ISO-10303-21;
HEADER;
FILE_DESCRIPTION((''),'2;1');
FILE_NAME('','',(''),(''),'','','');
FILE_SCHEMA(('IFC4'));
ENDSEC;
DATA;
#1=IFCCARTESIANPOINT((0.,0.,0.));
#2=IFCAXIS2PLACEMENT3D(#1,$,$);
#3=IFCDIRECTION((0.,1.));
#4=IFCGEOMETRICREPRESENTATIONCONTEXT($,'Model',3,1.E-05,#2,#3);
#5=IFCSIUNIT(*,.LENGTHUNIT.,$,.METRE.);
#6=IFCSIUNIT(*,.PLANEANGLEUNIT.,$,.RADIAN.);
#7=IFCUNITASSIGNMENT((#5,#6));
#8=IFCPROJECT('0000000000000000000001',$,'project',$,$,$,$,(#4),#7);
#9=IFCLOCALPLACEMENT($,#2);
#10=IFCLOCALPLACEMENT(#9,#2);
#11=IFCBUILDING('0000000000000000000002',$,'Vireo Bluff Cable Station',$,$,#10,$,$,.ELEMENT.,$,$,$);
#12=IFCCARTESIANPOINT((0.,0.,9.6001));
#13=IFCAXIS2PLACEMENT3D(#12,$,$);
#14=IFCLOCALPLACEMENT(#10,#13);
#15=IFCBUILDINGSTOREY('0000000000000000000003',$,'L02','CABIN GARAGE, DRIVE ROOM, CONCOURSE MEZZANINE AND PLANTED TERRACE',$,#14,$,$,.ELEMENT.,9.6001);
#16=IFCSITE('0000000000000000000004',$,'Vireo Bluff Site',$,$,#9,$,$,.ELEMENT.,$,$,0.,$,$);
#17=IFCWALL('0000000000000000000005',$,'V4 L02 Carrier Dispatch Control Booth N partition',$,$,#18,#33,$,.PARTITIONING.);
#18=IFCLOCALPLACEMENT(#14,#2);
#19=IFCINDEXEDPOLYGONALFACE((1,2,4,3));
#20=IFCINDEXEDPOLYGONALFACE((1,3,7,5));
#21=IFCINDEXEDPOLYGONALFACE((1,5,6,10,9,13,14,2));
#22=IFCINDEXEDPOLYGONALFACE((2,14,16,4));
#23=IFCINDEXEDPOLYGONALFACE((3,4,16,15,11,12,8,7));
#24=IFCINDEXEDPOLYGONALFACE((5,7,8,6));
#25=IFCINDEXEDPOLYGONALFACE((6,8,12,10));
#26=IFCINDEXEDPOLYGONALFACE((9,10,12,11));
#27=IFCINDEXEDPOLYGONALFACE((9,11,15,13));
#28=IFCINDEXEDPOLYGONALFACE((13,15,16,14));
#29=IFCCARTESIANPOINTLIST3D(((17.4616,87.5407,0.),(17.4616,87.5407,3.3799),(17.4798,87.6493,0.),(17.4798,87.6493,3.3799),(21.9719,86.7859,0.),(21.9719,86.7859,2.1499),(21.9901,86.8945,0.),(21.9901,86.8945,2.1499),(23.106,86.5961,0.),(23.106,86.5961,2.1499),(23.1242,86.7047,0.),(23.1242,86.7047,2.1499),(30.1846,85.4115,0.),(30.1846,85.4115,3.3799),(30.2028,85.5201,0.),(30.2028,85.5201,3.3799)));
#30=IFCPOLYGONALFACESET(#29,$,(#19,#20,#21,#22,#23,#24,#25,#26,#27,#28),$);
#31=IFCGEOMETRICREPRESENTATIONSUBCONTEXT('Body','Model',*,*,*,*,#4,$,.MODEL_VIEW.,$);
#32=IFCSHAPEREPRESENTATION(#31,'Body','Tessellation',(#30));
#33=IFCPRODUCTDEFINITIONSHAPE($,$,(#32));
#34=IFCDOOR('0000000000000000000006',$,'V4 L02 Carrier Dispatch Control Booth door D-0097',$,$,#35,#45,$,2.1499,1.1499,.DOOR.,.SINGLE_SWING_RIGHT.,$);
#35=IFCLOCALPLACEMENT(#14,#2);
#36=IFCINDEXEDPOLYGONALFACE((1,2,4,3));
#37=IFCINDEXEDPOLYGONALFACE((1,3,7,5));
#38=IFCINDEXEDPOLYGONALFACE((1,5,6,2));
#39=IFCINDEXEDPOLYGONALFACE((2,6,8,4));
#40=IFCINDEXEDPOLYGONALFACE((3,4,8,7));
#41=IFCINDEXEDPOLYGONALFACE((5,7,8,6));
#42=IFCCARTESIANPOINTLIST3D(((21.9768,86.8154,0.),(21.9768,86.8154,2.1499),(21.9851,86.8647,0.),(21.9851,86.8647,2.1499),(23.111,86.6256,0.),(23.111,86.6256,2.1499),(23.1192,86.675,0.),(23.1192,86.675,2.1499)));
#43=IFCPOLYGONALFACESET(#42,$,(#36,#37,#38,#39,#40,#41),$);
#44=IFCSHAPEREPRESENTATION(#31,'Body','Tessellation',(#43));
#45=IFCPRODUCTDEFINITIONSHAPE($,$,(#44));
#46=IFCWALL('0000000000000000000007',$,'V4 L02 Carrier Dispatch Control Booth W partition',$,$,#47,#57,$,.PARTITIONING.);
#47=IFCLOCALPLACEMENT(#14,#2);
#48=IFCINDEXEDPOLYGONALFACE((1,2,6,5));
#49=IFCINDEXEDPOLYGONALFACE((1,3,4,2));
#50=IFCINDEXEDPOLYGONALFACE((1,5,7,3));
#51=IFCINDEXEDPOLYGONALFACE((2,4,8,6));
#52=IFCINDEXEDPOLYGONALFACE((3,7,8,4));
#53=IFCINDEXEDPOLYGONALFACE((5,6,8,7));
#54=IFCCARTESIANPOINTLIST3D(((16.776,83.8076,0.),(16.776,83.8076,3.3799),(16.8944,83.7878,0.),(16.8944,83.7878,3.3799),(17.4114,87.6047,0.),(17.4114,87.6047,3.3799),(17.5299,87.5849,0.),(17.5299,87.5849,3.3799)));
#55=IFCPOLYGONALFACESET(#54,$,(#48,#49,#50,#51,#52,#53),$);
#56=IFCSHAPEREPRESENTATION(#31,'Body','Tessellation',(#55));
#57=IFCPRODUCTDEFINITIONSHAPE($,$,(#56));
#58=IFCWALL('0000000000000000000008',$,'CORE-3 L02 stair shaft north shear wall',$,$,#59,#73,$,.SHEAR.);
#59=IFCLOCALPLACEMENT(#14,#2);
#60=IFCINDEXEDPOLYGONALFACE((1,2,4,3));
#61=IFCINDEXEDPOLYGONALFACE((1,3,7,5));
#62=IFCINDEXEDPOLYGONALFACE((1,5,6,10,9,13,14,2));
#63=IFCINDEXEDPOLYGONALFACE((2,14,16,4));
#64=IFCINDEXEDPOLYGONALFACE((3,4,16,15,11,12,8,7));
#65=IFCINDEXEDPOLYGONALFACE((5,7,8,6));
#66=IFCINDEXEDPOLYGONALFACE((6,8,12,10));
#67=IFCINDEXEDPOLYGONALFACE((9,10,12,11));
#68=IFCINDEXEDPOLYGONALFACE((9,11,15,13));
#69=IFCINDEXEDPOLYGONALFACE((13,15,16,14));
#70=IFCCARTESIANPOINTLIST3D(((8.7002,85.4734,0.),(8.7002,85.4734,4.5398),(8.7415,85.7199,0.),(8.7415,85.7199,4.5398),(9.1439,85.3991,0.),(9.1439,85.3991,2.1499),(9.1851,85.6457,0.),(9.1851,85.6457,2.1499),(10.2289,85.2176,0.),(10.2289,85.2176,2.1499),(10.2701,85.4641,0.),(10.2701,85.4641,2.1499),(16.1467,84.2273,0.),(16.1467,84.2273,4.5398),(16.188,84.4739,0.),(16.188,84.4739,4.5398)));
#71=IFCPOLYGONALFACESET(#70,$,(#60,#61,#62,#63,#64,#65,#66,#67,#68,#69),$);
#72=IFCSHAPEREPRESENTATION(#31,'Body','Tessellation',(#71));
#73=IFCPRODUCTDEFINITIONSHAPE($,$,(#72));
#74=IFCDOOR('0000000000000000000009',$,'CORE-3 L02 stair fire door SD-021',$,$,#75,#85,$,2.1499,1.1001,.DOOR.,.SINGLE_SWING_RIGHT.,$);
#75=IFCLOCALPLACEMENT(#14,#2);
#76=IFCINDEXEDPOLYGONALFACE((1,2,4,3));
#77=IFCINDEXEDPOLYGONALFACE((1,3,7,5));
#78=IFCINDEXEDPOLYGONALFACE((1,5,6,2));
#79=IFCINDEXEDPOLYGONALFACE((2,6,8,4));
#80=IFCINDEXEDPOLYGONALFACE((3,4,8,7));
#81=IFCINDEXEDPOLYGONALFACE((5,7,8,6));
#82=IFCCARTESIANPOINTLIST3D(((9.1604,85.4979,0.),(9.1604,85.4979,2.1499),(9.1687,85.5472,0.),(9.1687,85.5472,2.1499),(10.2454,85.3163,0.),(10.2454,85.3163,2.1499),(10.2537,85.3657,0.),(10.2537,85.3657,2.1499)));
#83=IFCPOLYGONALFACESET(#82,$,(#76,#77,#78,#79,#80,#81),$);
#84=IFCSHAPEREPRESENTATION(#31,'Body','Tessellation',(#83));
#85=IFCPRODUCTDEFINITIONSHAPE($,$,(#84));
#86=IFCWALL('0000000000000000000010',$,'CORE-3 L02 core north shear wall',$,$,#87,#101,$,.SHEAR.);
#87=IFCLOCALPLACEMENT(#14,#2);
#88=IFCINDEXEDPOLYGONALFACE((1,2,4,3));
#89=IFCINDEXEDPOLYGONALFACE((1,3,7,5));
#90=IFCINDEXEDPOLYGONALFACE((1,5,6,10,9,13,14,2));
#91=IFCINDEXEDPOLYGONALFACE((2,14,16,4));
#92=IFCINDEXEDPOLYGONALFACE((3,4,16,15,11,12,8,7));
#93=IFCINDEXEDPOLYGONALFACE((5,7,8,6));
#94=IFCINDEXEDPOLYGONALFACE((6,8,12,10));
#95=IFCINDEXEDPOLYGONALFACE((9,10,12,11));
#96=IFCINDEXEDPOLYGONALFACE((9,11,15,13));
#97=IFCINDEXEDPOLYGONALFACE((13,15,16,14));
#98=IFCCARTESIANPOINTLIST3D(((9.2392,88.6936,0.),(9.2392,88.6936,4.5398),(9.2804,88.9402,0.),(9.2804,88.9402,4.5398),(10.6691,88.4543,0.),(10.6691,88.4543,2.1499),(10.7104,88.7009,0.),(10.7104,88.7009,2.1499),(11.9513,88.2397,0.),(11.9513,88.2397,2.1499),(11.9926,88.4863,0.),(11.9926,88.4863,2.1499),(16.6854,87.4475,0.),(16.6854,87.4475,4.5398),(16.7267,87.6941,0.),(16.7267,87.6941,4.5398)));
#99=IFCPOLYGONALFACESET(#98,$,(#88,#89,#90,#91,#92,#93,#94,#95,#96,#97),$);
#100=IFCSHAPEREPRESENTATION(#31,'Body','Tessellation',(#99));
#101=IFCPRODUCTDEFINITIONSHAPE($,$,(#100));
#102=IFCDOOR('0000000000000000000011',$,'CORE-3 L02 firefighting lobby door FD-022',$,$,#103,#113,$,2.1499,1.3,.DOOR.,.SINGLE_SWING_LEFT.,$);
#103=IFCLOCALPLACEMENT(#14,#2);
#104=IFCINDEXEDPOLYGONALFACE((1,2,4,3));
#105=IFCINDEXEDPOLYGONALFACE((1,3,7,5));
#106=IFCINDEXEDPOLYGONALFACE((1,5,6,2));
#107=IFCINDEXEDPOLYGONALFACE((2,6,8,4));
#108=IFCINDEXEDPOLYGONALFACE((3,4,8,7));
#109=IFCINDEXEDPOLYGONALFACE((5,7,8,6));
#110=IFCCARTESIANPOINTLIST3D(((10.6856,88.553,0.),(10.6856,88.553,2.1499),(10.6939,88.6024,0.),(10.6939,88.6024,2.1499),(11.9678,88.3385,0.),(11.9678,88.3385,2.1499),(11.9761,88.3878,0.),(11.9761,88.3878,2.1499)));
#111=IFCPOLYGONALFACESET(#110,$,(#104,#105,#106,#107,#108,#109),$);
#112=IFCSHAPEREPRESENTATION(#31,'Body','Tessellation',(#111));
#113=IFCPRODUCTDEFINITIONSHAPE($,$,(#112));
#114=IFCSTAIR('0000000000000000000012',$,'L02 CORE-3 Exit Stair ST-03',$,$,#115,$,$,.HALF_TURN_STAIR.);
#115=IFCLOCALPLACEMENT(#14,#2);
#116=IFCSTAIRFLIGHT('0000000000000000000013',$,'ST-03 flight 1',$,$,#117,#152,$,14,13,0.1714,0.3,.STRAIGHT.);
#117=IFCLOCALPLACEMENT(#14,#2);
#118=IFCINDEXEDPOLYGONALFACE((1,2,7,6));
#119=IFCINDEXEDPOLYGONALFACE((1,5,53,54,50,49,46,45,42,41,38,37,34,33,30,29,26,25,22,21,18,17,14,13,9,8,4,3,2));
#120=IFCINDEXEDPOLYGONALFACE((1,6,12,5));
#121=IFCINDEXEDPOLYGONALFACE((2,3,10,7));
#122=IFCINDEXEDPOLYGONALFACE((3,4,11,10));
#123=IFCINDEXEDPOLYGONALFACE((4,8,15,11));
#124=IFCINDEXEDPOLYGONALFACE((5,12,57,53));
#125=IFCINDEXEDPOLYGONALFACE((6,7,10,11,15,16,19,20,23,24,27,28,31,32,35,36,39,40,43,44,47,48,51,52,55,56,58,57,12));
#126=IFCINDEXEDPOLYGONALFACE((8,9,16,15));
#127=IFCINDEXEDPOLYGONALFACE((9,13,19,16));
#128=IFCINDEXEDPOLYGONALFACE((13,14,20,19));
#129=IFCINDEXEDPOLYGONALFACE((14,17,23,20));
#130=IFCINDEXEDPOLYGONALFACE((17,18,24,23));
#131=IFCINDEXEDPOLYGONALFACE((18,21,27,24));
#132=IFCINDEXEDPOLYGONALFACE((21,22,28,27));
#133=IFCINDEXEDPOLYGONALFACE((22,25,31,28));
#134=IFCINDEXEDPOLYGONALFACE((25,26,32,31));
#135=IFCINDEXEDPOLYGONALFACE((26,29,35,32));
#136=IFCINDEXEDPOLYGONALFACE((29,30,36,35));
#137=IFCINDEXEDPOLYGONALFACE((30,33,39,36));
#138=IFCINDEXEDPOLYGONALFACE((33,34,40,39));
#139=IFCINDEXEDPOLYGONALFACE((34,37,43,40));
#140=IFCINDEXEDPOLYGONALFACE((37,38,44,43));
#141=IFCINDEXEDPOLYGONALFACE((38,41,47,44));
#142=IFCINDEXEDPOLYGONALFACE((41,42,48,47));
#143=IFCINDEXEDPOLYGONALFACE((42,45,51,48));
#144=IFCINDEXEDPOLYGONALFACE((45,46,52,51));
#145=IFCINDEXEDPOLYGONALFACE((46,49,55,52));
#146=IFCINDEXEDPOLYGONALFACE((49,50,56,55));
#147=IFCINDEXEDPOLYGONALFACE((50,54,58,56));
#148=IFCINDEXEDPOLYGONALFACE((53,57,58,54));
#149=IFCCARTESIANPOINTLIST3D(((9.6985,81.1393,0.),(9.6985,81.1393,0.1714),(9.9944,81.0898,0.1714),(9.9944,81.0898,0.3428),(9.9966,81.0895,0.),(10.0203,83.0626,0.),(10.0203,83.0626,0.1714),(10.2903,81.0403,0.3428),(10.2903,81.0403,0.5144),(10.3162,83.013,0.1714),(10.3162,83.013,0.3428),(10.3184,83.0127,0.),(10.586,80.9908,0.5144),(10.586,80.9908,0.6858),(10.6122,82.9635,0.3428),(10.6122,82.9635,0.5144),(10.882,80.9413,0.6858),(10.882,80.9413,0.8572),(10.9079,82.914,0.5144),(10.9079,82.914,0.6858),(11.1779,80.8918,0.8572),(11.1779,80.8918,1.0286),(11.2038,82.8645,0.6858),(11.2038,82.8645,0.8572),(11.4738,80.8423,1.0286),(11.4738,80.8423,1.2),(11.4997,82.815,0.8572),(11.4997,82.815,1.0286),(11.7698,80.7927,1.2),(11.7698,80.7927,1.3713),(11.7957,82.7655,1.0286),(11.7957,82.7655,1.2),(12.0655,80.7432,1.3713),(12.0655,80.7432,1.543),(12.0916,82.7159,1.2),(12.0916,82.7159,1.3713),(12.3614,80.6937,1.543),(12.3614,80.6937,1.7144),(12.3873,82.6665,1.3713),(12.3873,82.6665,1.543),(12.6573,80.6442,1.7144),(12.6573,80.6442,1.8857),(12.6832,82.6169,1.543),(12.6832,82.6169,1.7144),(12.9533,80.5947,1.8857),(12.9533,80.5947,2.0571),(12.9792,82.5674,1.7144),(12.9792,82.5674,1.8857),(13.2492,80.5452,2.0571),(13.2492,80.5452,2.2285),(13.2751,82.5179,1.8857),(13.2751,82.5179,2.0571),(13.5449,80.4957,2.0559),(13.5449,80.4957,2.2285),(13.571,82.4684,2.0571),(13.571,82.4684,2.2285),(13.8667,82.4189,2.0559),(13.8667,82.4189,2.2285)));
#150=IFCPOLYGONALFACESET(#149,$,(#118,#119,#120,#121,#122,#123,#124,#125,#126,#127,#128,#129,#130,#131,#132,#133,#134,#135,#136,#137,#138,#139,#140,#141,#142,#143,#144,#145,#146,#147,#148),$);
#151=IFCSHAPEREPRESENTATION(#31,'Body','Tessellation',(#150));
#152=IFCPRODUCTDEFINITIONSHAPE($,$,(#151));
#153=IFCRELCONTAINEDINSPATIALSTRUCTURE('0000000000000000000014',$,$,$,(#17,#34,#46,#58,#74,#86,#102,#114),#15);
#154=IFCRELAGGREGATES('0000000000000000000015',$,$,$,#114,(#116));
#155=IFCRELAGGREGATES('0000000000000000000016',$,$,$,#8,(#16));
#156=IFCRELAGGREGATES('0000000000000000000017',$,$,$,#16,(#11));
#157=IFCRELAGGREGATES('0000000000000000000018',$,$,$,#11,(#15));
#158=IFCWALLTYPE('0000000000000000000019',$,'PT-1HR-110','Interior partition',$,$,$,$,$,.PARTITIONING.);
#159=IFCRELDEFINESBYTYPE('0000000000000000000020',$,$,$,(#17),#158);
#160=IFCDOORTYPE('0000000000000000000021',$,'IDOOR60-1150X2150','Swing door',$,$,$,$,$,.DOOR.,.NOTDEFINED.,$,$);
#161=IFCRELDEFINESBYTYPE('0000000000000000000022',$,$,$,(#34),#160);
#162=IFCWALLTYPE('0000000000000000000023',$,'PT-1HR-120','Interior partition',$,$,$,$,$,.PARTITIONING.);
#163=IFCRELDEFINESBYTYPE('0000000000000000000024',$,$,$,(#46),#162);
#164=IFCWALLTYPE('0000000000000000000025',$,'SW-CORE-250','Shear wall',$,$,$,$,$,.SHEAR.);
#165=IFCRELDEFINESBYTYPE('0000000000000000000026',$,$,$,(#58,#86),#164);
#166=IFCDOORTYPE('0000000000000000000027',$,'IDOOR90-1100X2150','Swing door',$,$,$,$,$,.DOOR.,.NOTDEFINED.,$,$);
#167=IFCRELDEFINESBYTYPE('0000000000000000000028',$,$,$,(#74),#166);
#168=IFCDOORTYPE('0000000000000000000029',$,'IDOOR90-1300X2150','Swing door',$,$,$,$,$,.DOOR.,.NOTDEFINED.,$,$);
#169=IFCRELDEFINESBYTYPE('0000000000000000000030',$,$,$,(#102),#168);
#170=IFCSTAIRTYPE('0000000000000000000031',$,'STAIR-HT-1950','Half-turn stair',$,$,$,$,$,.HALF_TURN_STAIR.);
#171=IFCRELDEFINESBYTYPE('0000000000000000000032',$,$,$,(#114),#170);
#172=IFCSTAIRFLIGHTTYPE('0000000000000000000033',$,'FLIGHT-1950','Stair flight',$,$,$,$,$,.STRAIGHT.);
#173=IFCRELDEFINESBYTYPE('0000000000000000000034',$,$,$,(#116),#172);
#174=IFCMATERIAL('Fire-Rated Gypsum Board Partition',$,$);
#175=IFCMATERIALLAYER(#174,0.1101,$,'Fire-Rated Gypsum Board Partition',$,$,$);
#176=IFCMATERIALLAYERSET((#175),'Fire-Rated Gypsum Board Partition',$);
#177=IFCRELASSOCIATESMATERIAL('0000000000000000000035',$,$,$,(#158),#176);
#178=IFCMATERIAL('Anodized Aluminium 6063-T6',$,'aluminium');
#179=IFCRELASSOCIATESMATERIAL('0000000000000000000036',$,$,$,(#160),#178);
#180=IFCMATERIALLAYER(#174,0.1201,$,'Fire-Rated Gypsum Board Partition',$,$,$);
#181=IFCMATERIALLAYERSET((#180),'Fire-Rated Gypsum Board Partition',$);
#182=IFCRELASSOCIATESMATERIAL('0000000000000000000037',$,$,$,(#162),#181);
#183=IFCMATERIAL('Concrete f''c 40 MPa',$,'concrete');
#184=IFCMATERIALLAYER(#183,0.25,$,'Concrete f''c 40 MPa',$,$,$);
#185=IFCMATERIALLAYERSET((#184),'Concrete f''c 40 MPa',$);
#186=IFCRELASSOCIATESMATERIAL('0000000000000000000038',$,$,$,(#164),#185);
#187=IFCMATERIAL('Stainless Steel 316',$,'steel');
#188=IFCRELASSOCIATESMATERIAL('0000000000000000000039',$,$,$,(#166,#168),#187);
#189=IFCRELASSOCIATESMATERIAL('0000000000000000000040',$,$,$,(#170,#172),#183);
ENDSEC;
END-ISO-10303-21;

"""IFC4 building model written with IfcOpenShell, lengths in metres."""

from ifc_helpers import new_model, si_unit, direction, frame, frame_2d, origin, origin_with_axes, place, context, subcontext, project, spatial, polyline, rectangle, outline, extrude, material, layer, layer_set, type_object, element, fill, aggregate, save


model = new_model("IFC4")

# Units and contexts
model_context = context("Model", 3, precision=1e-05, world=origin(), true_north=direction((0.0, 1.0)))
body_context = subcontext(model_context, "Body", "Model", "MODEL_VIEW")
ifc_project = project(units=[si_unit("LENGTHUNIT", "METRE"), si_unit("PLANEANGLEUNIT", "RADIAN")], contexts=[model_context])

# Site, building, storey
site_placement = place(None, origin())
site = spatial("IfcSite", under=ifc_project, at=site_placement, Name="Vireo Bluff Site", CompositionType="ELEMENT", RefElevation=0.0)
building_placement = place(site_placement, origin())
building = spatial("IfcBuilding", under=site, at=building_placement, Name="Vireo Bluff Cable Station", CompositionType="ELEMENT")
storey_placement = place(building_placement, frame((0.0, 0.0, 9.6001)))
storey = spatial("IfcBuildingStorey", under=building, at=storey_placement, Name="L02", Description="CABIN GARAGE, DRIVE ROOM, CONCOURSE MEZZANINE AND PLANTED TERRACE", CompositionType="ELEMENT", Elevation=9.6001)

# Shared definitions
ifc_material_1 = material(Name="Anodized Aluminium 6063-T6", Category="aluminium")

# Wall, opening, door
ifc_material_2 = material(Name="Fire-Rated Gypsum Board Partition")
ifc_layer_1 = layer(ifc_material_2, 0.1101, Name="Fire-Rated Gypsum Board Partition")
ifc_layer_set_1 = layer_set([ifc_layer_1], Name="Fire-Rated Gypsum Board Partition")
wall_type_1 = type_object("IfcWallType", Name="PT-1HR-110", Description="Interior partition", PredefinedType="PARTITIONING", material=ifc_layer_set_1)
wall_1_placement = place(storey_placement, frame((17.4707, 87.595, 0.0), z_axis=(0.0, 0.0, 1.0), x_axis=(0.986285, -0.165053, 0.0)))
wall_1 = element("IfcWall", 1, at=wall_1_placement, inside=storey, type_object=wall_type_1, Name="V4 L02 Carrier Dispatch Control Booth N partition", PredefinedType="PARTITIONING", context=body_context, shape_type="SweptSolid", body=[
    extrude(rectangle(XDim=12.8999, YDim=0.1101, at=frame_2d((6.45, 0.0))), origin(), (0.0, 0.0, 1.0), 3.3799),
])
opening_1_placement = place(wall_1_placement, frame((4.573, 0.0, 0.0)))
opening_1 = element("IfcOpeningElement", 2, at=opening_1_placement, cuts=wall_1, PredefinedType="OPENING", context=body_context, shape_type="SweptSolid", body=[
    extrude(rectangle(XDim=1.1499, YDim=2.1499, at=frame_2d((0.575, 1.075))), frame((0.0, 0.0649, 0.0), z_axis=(0.0, -1.0, 0.0), x_axis=(1.0, 0.0, 0.0)), (0.0, 0.0, 1.0), 0.1301),
])
door_type_1 = type_object("IfcDoorType", Name="IDOOR60-1150X2150", Description="Swing door", OperationType="NOTDEFINED", PredefinedType="DOOR", material=ifc_material_1)
door_1_placement = place(opening_1_placement, origin_with_axes())
door_1 = element("IfcDoor", 3, at=door_1_placement, inside=storey, type_object=door_type_1, Name="V4 L02 Carrier Dispatch Control Booth door D-0097", OperationType="SINGLE_SWING_RIGHT", OverallHeight=2.1499, OverallWidth=1.1499, PredefinedType="DOOR", context=body_context, shape_type="SweptSolid", body=[
    extrude(rectangle(XDim=1.1499, YDim=2.1499, at=frame_2d((0.575, 1.075))), frame((0.0, 0.0249, 0.0), z_axis=(0.0, -1.0, 0.0), x_axis=(1.0, 0.0, 0.0)), (0.0, 0.0, 1.0), 0.05),
])
fill(opening_1, door_1)

# Wall
ifc_layer_2 = layer(ifc_material_2, 0.1201, Name="Fire-Rated Gypsum Board Partition")
ifc_layer_set_2 = layer_set([ifc_layer_2], Name="Fire-Rated Gypsum Board Partition")
wall_type_2 = type_object("IfcWallType", Name="PT-1HR-120", Description="Interior partition", PredefinedType="PARTITIONING", material=ifc_layer_set_2)
wall_2_placement = place(storey_placement, frame((16.8352, 83.7979, 0.0), z_axis=(0.0, 0.0, 1.0), x_axis=(0.165067, 0.986282, 0.0)))
element("IfcWall", 4, at=wall_2_placement, inside=storey, type_object=wall_type_2, Name="V4 L02 Carrier Dispatch Control Booth W partition", PredefinedType="PARTITIONING", context=body_context, shape_type="SweptSolid", body=[
    extrude(rectangle(XDim=3.8499, YDim=0.1201, at=frame_2d((1.9248, 0.0))), origin(), (0.0, 0.0, 1.0), 3.3799),
])

# Walls, openings, doors
ifc_material_3 = material(Name="Concrete f'c 40 MPa", Category="concrete")
ifc_layer_3 = layer(ifc_material_3, 0.25, Name="Concrete f'c 40 MPa")
ifc_layer_set_3 = layer_set([ifc_layer_3], Name="Concrete f'c 40 MPa")
wall_type_3 = type_object("IfcWallType", Name="SW-CORE-250", Description="Shear wall", PredefinedType="SHEAR", material=ifc_layer_set_3)
wall_3_placement = place(storey_placement, frame((16.1672, 84.3506, 0.0), z_axis=(0.0, 0.0, 1.0), x_axis=(-0.986286, 0.165044, 0.0)))
wall_3 = element("IfcWall", 5, at=wall_3_placement, inside=storey, type_object=wall_type_3, Name="CORE-3 L02 stair shaft north shear wall", PredefinedType="SHEAR", context=body_context, shape_type="SweptSolid", body=[
    extrude(rectangle(XDim=7.55, YDim=0.25, at=frame_2d((3.7749, 0.0))), origin(), (0.0, 0.0, 1.0), 4.5398),
])
opening_2_placement = place(wall_3_placement, frame((6.0, 0.0, 0.0)))
opening_2 = element("IfcOpeningElement", 6, at=opening_2_placement, cuts=wall_3, PredefinedType="OPENING", context=body_context, shape_type="SweptSolid", body=[
    extrude(rectangle(XDim=1.1001, YDim=2.1499, at=frame_2d((0.55, 1.075))), frame((0.0, 0.135, 0.0), z_axis=(0.0, -1.0, 0.0), x_axis=(1.0, 0.0, 0.0)), (0.0, 0.0, 1.0), 0.27),
])
ifc_material_4 = material(Name="Stainless Steel 316", Category="steel")
door_type_2 = type_object("IfcDoorType", Name="IDOOR90-1100X2150", Description="Swing door", OperationType="NOTDEFINED", PredefinedType="DOOR", material=ifc_material_4)
door_2_placement = place(opening_2_placement, origin_with_axes())
door_2 = element("IfcDoor", 7, at=door_2_placement, inside=storey, type_object=door_type_2, Name="CORE-3 L02 stair fire door SD-021", OperationType="SINGLE_SWING_RIGHT", OverallHeight=2.1499, OverallWidth=1.1001, PredefinedType="DOOR", context=body_context, shape_type="SweptSolid", body=[
    extrude(rectangle(XDim=1.1001, YDim=2.1499, at=frame_2d((0.55, 1.075))), frame((0.0, 0.0249, 0.0), z_axis=(0.0, -1.0, 0.0), x_axis=(1.0, 0.0, 0.0)), (0.0, 0.0, 1.0), 0.05),
])
fill(opening_2, door_2)
wall_4_placement = place(storey_placement, frame((16.7061, 87.5708, 0.0), z_axis=(0.0, 0.0, 1.0), x_axis=(-0.986285, 0.165049, 0.0)))
wall_4 = element("IfcWall", 8, at=wall_4_placement, inside=storey, type_object=wall_type_3, Name="CORE-3 L02 core north shear wall", PredefinedType="SHEAR", context=body_context, shape_type="SweptSolid", body=[
    extrude(rectangle(XDim=7.5498, YDim=0.25, at=frame_2d((3.7749, 0.0))), origin(), (0.0, 0.0, 1.0), 4.5398),
])
opening_3_placement = place(wall_4_placement, frame((4.8, 0.0, 0.0)))
opening_3 = element("IfcOpeningElement", 9, at=opening_3_placement, cuts=wall_4, PredefinedType="OPENING", context=body_context, shape_type="SweptSolid", body=[
    extrude(rectangle(XDim=1.3, YDim=2.1499, at=frame_2d((0.6499, 1.075))), frame((0.0, 0.135, 0.0), z_axis=(0.0, -1.0, 0.0), x_axis=(1.0, 0.0, 0.0)), (0.0, 0.0, 1.0), 0.27),
])
door_type_3 = type_object("IfcDoorType", Name="IDOOR90-1300X2150", Description="Swing door", OperationType="NOTDEFINED", PredefinedType="DOOR", material=ifc_material_4)
door_3_placement = place(opening_3_placement, origin_with_axes())
door_3 = element("IfcDoor", 10, at=door_3_placement, inside=storey, type_object=door_type_3, Name="CORE-3 L02 firefighting lobby door FD-022", OperationType="SINGLE_SWING_LEFT", OverallHeight=2.1499, OverallWidth=1.3, PredefinedType="DOOR", context=body_context, shape_type="SweptSolid", body=[
    extrude(rectangle(XDim=1.3, YDim=2.1499, at=frame_2d((0.6499, 1.075))), frame((0.0, 0.0249, 0.0), z_axis=(0.0, -1.0, 0.0), x_axis=(1.0, 0.0, 0.0)), (0.0, 0.0, 1.0), 0.05),
])
fill(opening_3, door_3)

# Stair, stair flight
stair_type = type_object("IfcStairType", Name="STAIR-HT-1950", Description="Half-turn stair", PredefinedType="HALF_TURN_STAIR", material=ifc_material_3)
stair_placement = place(storey_placement, origin())
stair = element("IfcStair", 11, at=stair_placement, inside=storey, type_object=stair_type, Name="L02 CORE-3 Exit Stair ST-03", PredefinedType="HALF_TURN_STAIR")
stair_flight_type = type_object("IfcStairFlightType", Name="FLIGHT-1950", Description="Stair flight", PredefinedType="STRAIGHT", material=ifc_material_3)
stair_flight_1_placement = place(storey_placement, frame((9.8594, 82.1008, 0.0), z_axis=(0.0, 0.0, 1.0), x_axis=(0.986286, -0.165048, 0.0)))
stair_flight_1 = element("IfcStairFlight", 12, at=stair_flight_1_placement, type_object=stair_flight_type, Name="ST-03 flight 1", NumberOfRisers=14, NumberOfTreads=13, PredefinedType="STRAIGHT", RiserHeight=0.1714, TreadLength=0.3, context=body_context, shape_type="SweptSolid", body=[
    extrude(outline(polyline([(0.0, 0.0), (0.0, 0.1714), (0.3, 0.1714), (0.3, 0.3428), (0.6001, 0.3428), (0.6001, 0.5144), (0.8999, 0.5144), (0.8999, 0.6858), (1.2, 0.6858), (1.2, 0.8572), (1.5, 0.8572), (1.5, 1.0286), (1.8, 1.0286), (1.8, 1.2), (2.1001, 1.2), (2.1001, 1.3713), (2.3999, 1.3713), (2.3999, 1.543), (2.7, 1.543), (2.7, 1.7144), (3.0, 1.7144), (3.0, 1.8857), (3.3, 1.8857), (3.3, 2.0571), (3.6001, 2.0571), (3.6001, 2.2285), (3.8999, 2.2285), (3.8999, 2.3999), (3.8999, 2.0559), (0.3022, 0.0), (0.0, 0.0)])), frame((0.0, 0.9751, 0.0), z_axis=(0.0, -1.0, 0.0), x_axis=(1.0, 0.0, 0.0)), (0.0, 0.0, 1.0), 1.95),
])
aggregate(stair, [stair_flight_1])

save(model, "model.ifc")
